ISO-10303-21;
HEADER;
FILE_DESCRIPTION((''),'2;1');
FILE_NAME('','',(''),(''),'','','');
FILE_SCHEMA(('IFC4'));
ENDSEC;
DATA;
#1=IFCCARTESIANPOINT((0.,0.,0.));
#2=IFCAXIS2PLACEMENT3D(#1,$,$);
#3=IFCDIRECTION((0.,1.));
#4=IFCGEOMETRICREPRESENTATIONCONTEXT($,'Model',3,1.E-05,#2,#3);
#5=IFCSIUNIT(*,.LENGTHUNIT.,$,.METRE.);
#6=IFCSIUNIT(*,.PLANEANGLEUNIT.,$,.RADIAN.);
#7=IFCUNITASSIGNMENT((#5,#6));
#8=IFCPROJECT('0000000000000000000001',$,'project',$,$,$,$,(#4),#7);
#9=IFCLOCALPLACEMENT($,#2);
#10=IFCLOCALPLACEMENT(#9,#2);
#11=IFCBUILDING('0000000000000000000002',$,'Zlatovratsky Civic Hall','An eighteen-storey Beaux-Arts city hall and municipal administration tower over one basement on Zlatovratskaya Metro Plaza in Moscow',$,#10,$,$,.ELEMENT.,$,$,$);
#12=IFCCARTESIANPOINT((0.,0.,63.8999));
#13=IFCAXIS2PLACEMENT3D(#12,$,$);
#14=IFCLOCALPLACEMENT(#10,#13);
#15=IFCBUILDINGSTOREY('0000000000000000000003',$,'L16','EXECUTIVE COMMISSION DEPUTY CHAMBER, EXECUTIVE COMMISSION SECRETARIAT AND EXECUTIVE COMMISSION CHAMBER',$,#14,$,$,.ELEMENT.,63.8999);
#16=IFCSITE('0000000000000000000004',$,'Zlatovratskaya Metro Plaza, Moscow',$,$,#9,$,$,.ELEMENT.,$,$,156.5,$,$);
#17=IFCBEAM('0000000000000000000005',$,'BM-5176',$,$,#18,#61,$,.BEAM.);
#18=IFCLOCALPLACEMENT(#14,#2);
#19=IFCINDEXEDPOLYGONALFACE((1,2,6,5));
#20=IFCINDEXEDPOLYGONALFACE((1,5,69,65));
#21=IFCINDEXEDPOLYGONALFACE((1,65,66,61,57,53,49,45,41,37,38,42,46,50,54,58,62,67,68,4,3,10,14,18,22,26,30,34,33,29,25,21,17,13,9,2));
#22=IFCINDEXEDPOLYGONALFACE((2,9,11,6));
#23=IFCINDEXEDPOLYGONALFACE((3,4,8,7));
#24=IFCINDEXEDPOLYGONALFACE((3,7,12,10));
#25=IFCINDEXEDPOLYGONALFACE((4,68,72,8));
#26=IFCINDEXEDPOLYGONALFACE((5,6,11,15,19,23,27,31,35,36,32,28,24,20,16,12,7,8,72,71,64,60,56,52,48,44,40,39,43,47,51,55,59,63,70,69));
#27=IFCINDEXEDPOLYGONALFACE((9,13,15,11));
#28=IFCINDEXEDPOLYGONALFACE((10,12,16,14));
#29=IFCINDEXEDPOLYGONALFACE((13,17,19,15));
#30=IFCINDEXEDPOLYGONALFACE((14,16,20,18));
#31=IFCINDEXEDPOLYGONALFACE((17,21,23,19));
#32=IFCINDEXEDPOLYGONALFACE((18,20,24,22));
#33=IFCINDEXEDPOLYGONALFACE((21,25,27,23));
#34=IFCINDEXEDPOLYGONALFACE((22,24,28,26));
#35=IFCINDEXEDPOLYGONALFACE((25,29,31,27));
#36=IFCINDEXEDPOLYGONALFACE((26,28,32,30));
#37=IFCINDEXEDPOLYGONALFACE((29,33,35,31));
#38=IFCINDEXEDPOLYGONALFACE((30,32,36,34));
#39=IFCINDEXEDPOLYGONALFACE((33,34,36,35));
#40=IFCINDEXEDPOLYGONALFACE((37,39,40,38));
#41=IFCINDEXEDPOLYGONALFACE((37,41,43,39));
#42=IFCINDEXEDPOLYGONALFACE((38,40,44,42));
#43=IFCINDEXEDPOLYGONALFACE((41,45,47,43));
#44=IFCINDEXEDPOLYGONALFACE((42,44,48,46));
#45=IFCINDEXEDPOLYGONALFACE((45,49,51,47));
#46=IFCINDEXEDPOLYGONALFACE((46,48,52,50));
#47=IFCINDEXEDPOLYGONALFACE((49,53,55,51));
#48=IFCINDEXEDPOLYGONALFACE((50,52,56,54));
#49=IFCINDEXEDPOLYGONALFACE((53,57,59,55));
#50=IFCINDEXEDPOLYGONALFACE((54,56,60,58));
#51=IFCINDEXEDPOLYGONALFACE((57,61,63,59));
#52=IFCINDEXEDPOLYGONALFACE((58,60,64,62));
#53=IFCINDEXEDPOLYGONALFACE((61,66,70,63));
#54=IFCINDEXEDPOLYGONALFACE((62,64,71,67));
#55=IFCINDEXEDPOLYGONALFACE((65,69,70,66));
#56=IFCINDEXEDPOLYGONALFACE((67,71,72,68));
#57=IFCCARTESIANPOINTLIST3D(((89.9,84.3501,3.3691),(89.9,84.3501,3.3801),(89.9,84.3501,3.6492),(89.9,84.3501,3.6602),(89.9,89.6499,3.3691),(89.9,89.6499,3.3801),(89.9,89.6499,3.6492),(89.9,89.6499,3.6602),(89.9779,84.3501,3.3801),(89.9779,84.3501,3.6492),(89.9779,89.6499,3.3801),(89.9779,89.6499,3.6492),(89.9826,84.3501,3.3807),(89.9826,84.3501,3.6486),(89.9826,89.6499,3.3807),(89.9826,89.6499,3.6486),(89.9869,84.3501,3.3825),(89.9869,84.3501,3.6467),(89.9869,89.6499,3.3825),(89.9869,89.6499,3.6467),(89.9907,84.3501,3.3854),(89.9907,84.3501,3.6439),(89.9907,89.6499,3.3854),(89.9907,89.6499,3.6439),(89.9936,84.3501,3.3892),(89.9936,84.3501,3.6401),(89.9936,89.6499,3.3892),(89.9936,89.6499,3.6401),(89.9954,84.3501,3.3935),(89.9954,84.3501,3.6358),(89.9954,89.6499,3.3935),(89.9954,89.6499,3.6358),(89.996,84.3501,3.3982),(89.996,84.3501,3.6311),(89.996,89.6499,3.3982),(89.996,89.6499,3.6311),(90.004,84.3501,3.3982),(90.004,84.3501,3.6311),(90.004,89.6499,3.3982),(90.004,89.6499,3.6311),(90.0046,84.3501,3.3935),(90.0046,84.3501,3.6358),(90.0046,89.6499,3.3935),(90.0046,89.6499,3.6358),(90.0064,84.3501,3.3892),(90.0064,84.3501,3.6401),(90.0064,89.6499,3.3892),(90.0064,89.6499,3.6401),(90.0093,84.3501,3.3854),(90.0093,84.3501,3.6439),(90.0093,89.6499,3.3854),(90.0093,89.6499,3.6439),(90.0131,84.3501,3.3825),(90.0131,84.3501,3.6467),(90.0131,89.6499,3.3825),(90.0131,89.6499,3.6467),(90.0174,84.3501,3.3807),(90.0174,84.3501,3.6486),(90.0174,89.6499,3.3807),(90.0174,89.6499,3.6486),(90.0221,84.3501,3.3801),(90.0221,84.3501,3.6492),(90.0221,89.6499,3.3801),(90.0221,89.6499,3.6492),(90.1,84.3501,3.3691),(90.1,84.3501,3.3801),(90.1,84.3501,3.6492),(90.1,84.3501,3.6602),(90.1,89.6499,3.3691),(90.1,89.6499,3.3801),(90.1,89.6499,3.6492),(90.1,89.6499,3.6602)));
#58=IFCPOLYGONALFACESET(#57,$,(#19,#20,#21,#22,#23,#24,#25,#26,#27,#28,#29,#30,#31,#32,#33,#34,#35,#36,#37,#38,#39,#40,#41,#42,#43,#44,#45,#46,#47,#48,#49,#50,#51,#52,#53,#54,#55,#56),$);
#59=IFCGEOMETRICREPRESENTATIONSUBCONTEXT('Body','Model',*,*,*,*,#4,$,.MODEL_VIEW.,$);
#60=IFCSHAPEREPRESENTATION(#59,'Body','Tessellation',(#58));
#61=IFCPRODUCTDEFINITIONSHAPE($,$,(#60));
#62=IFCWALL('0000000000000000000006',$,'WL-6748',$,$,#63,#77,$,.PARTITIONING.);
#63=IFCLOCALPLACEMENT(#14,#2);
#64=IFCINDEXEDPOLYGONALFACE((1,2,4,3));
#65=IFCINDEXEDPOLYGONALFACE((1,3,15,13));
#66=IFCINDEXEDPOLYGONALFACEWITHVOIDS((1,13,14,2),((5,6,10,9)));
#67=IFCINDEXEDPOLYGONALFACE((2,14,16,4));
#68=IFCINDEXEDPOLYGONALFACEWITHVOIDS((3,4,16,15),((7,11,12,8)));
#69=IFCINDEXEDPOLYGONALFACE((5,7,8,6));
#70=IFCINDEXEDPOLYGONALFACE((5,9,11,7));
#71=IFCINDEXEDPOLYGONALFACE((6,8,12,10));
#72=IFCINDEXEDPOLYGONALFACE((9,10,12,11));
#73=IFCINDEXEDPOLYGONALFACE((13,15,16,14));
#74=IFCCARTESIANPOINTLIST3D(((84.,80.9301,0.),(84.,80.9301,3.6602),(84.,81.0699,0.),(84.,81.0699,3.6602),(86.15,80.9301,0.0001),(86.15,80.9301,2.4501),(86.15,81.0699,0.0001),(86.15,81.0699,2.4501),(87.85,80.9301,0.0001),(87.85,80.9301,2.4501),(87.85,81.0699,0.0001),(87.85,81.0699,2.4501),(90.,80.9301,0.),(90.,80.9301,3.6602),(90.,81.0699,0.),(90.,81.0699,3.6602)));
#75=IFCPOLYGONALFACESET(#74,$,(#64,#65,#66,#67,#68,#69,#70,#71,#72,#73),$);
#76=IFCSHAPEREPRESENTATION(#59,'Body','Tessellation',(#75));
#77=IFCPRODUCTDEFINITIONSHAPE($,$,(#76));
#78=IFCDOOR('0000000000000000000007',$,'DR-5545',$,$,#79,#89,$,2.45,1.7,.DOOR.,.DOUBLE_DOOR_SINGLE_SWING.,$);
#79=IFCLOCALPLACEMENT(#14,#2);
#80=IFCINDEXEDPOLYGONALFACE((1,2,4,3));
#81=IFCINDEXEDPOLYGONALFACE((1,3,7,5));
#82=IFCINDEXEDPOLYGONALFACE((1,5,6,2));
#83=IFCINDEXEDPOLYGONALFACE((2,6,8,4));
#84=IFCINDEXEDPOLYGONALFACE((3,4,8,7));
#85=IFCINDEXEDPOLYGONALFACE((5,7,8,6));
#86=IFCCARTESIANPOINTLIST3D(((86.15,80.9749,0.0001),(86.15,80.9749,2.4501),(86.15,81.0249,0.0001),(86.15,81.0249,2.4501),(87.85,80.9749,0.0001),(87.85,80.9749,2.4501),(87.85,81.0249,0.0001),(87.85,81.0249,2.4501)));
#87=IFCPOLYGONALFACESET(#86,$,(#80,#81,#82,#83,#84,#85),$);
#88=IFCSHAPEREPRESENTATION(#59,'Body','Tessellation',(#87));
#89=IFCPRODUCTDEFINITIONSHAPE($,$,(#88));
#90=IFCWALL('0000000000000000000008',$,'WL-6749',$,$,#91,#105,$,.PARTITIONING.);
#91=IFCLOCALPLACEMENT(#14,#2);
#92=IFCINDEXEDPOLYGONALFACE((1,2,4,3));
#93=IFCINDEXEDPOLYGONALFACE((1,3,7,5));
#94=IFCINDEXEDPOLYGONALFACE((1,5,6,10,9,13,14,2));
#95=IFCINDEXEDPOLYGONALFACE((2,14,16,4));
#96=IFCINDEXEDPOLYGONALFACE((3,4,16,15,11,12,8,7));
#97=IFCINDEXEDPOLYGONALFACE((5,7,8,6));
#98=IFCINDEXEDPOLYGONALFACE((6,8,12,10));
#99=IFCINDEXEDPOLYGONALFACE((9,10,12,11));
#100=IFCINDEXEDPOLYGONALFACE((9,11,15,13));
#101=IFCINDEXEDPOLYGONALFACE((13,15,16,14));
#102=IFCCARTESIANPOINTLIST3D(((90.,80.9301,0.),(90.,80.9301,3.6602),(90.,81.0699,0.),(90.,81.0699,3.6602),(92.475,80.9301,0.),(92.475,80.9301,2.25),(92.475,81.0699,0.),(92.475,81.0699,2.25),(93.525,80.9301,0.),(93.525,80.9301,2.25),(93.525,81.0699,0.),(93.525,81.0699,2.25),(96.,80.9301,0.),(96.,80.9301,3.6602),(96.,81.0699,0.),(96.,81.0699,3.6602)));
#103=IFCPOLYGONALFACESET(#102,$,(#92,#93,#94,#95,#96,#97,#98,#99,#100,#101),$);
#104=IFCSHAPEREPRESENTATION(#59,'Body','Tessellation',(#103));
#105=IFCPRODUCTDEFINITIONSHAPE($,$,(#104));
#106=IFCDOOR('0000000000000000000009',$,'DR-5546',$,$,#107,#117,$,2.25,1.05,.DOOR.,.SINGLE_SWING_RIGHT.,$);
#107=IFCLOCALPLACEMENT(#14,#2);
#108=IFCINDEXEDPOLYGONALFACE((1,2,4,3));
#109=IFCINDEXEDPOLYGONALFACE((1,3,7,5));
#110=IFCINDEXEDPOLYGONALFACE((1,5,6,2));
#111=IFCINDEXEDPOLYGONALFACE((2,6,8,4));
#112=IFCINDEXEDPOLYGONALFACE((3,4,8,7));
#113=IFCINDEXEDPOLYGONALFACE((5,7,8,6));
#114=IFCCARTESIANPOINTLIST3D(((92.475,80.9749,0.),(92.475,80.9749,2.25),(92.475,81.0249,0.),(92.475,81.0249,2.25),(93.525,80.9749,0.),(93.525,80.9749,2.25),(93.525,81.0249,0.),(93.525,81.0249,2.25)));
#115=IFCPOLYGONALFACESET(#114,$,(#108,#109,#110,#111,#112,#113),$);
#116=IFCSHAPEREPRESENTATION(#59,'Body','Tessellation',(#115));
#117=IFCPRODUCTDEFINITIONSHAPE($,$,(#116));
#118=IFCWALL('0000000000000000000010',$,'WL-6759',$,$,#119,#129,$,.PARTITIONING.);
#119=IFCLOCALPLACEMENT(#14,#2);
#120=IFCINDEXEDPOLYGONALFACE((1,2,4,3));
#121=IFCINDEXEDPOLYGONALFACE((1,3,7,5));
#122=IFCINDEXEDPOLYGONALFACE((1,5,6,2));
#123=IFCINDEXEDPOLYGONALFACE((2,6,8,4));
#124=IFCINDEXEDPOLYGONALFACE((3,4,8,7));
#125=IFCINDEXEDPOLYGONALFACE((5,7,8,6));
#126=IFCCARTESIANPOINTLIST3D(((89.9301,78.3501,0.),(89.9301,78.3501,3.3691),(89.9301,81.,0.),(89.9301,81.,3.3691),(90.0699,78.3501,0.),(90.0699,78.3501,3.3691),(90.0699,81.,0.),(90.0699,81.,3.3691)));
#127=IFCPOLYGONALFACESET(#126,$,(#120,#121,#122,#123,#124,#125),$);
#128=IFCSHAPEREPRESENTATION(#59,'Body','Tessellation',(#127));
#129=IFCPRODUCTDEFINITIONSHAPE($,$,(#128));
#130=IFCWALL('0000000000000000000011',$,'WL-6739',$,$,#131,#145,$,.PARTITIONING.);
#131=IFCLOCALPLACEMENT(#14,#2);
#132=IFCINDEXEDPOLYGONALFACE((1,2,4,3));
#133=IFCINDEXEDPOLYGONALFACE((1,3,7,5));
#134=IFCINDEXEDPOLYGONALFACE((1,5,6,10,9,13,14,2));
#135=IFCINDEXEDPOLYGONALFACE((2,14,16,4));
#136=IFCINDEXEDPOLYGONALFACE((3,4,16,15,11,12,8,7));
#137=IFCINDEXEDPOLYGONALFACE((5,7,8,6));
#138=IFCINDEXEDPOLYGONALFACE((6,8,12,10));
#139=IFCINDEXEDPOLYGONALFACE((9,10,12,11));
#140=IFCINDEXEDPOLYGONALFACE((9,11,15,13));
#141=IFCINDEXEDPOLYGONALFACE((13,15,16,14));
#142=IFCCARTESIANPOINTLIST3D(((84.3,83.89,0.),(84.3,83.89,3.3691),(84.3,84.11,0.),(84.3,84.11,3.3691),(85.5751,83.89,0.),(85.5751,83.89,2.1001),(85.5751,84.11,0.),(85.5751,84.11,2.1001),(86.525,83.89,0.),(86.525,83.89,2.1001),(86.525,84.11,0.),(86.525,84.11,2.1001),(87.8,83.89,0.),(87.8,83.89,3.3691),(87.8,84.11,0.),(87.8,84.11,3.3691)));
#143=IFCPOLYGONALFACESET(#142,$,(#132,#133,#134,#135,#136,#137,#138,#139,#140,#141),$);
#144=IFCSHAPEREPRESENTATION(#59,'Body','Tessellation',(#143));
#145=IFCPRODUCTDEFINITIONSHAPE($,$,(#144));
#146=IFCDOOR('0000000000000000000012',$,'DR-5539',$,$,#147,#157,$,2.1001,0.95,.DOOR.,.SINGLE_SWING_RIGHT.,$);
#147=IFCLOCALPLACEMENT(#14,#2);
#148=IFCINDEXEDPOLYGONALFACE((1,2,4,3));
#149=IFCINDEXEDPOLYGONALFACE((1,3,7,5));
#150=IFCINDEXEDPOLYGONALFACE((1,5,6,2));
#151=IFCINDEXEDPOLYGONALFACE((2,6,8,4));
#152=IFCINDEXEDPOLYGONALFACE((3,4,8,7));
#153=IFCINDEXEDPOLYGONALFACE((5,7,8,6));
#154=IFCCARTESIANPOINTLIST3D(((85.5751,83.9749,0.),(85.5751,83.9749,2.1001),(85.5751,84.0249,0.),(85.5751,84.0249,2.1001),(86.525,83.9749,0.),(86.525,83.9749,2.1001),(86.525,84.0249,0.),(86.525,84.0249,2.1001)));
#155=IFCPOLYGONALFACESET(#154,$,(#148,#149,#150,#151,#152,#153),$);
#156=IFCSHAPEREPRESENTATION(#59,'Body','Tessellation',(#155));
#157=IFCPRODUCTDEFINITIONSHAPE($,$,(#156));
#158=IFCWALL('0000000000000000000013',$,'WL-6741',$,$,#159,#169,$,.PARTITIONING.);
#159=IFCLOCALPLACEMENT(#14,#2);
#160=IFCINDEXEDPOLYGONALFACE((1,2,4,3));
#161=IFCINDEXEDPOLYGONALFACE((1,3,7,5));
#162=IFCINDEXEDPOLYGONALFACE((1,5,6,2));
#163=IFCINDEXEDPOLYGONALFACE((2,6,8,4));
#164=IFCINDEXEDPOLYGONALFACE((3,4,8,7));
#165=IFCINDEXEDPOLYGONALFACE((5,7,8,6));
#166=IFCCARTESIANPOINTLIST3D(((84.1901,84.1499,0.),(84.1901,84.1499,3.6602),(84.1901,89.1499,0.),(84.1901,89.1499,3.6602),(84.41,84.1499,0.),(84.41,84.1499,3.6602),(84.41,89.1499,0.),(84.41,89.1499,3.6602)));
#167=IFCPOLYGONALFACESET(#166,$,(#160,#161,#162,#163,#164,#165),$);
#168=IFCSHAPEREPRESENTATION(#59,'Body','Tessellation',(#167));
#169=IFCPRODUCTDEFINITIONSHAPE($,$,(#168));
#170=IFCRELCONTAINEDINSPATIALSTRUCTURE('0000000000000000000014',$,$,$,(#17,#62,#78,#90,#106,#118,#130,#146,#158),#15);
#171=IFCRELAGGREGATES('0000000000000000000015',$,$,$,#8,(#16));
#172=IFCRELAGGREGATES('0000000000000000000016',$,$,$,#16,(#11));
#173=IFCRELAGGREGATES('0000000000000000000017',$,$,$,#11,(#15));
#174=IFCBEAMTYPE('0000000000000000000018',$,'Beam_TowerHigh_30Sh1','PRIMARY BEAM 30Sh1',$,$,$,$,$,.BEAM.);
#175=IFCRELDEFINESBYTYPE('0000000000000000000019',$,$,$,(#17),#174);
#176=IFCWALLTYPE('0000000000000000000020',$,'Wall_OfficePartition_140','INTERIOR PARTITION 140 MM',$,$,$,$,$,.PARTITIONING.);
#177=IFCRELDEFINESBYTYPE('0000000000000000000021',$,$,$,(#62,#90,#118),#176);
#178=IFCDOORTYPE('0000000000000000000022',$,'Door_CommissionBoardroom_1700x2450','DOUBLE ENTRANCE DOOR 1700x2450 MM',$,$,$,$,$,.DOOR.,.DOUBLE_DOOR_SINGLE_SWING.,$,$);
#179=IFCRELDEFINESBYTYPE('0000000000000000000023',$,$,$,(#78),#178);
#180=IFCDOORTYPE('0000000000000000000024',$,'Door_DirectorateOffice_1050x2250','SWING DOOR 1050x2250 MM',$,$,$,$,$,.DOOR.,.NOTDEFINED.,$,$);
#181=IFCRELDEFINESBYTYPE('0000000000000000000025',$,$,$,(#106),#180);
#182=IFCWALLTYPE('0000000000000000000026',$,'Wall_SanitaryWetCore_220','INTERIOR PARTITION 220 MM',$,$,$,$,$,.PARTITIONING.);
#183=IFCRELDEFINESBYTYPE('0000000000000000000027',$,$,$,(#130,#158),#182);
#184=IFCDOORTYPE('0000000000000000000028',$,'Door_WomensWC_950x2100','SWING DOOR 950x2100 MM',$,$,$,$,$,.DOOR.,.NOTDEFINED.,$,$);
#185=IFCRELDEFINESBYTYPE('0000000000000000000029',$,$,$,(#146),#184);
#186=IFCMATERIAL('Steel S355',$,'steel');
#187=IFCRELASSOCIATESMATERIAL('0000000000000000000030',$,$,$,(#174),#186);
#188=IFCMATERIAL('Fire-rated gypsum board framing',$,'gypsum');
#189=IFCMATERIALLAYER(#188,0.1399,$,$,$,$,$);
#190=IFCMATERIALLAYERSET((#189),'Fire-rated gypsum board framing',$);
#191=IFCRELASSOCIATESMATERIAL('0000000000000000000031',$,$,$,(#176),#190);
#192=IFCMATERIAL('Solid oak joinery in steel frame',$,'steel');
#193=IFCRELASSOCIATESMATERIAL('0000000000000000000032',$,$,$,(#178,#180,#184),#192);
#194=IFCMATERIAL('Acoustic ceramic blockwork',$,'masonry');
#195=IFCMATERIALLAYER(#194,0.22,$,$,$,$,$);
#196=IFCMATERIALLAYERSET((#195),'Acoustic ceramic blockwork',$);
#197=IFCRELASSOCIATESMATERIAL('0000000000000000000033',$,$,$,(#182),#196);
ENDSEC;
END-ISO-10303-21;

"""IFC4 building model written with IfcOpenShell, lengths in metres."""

from ifc_helpers import new_model, si_unit, direction, frame, frame_2d, origin, origin_2d, place, context, subcontext, project, spatial, rectangle, i_section, extrude, material, layer, layer_set, material_profile, profile_set, type_object, element, fill, save


model = new_model("IFC4")

# Units and contexts
model_context = context("Model", 3, precision=1e-05, world=origin(), true_north=direction((0.0, 1.0)))
body_context = subcontext(model_context, "Body", "Model", "MODEL_VIEW")
ifc_project = project(units=[si_unit("LENGTHUNIT", "METRE"), si_unit("PLANEANGLEUNIT", "RADIAN")], contexts=[model_context])

# Site, building, storey
site_placement = place(None, origin())
site = spatial("IfcSite", under=ifc_project, at=site_placement, Name="Zlatovratskaya Metro Plaza, Moscow", CompositionType="ELEMENT", RefElevation=156.5)
building_placement = place(site_placement, origin())
building = spatial("IfcBuilding", under=site, at=building_placement, Name="Zlatovratsky Civic Hall", Description="An eighteen-storey Beaux-Arts city hall and municipal administration tower over one basement on Zlatovratskaya Metro Plaza in Moscow", CompositionType="ELEMENT")
storey_placement = place(building_placement, frame((0.0, 0.0, 63.8999)))
storey = spatial("IfcBuildingStorey", under=building, at=storey_placement, Name="L16", Description="EXECUTIVE COMMISSION DEPUTY CHAMBER, EXECUTIVE COMMISSION SECRETARIAT AND EXECUTIVE COMMISSION CHAMBER", CompositionType="ELEMENT", Elevation=63.8999)

# Beam
ifc_material_1 = material(Name="Steel S355", Category="steel")
ifc_material_profile_1 = material_profile(ifc_material_1, i_section(OverallWidth=0.2, OverallDepth=0.291, WebThickness=0.0081, FlangeThickness=0.011, FilletRadius=0.0181, at=origin_2d()), Name="30Sh1")
ifc_profile_set_1 = profile_set([ifc_material_profile_1], Name="Steel S355")
beam_type_1 = type_object("IfcBeamType", Name="Beam_TowerHigh_30Sh1", Description="PRIMARY BEAM 30Sh1", PredefinedType="BEAM", material=ifc_profile_set_1)
for number, where, z_axis, x_axis, name in (
    (1, (90.0, 84.3501, 3.5146), (0.0, 1.0, 0.0), (-1.0, 0.0, 0.0), "BM-5176"),
):
    element("IfcBeam", number, at=place(storey_placement, frame(where, z_axis=z_axis, x_axis=x_axis)), inside=storey, type_object=beam_type_1, Name=name, PredefinedType="BEAM", context=body_context, shape_type="SweptSolid", body=[
        extrude(i_section(OverallWidth=0.2, OverallDepth=0.291, WebThickness=0.0081, FlangeThickness=0.011, FilletRadius=0.0181, at=origin_2d()), origin(), (0.0, 0.0, 1.0), 5.2998),
    ])

# Walls, openings, doors
ifc_material_2 = material(Name="Fire-rated gypsum board framing", Category="gypsum")
ifc_layer_1 = layer(ifc_material_2, 0.1399)
ifc_layer_set_1 = layer_set([ifc_layer_1], Name="Fire-rated gypsum board framing")
wall_type_1 = type_object("IfcWallType", Name="Wall_OfficePartition_140", Description="INTERIOR PARTITION 140 MM", PredefinedType="PARTITIONING", material=ifc_layer_set_1)
wall_1_placement = place(storey_placement, frame((84.0, 81.0, 0.0), z_axis=(0.0, 0.0, 1.0), x_axis=(1.0, 0.0, 0.0)))
wall_1 = element("IfcWall", 2, at=wall_1_placement, inside=storey, type_object=wall_type_1, Name="WL-6748", PredefinedType="PARTITIONING", context=body_context, shape_type="SweptSolid", body=[
    extrude(rectangle(XDim=6.0, YDim=0.1399, at=frame_2d((3.0, 0.0))), origin(), (0.0, 0.0, 1.0), 3.6602),
])
opening_1_placement = place(wall_1_placement, frame((2.1499, 0.0, 0.0)))
opening_1 = element("IfcOpeningElement", 3, at=opening_1_placement, cuts=wall_1, PredefinedType="OPENING", context=body_context, shape_type="SweptSolid", body=[
    extrude(rectangle(XDim=1.7, YDim=2.45, at=frame_2d((0.8501, 1.2251))), frame((0.0, 0.085, 0.0), z_axis=(0.0, -1.0, 0.0), x_axis=(1.0, 0.0, 0.0)), (0.0, 0.0, 1.0), 0.1697),
])
ifc_material_3 = material(Name="Solid oak joinery in steel frame", Category="steel")
door_type_1 = type_object("IfcDoorType", Name="Door_CommissionBoardroom_1700x2450", Description="DOUBLE ENTRANCE DOOR 1700x2450 MM", OperationType="DOUBLE_DOOR_SINGLE_SWING", PredefinedType="DOOR", material=ifc_material_3)
door_1_placement = place(opening_1_placement, origin())
door_1 = element("IfcDoor", 4, at=door_1_placement, inside=storey, type_object=door_type_1, Name="DR-5545", OperationType="DOUBLE_DOOR_SINGLE_SWING", OverallHeight=2.45, OverallWidth=1.7, PredefinedType="DOOR", context=body_context, shape_type="SweptSolid", body=[
    extrude(rectangle(XDim=1.7, YDim=2.45, at=frame_2d((0.8501, 1.2251))), frame((0.0, 0.0249, 0.0), z_axis=(0.0, -1.0, 0.0), x_axis=(1.0, 0.0, 0.0)), (0.0, 0.0, 1.0), 0.05),
])
fill(opening_1, door_1)
wall_2_placement = place(storey_placement, frame((90.0, 81.0, 0.0), z_axis=(0.0, 0.0, 1.0), x_axis=(1.0, 0.0, 0.0)))
wall_2 = element("IfcWall", 5, at=wall_2_placement, inside=storey, type_object=wall_type_1, Name="WL-6749", PredefinedType="PARTITIONING", context=body_context, shape_type="SweptSolid", body=[
    extrude(rectangle(XDim=6.0, YDim=0.1399, at=frame_2d((3.0, 0.0))), origin(), (0.0, 0.0, 1.0), 3.6602),
])
opening_2_placement = place(wall_2_placement, frame((2.4751, 0.0, 0.0)))
opening_2 = element("IfcOpeningElement", 6, at=opening_2_placement, cuts=wall_2, PredefinedType="OPENING", context=body_context, shape_type="SweptSolid", body=[
    extrude(rectangle(XDim=1.05, YDim=2.25, at=frame_2d((0.5249, 1.125))), frame((0.0, 0.085, 0.0), z_axis=(0.0, -1.0, 0.0), x_axis=(1.0, 0.0, 0.0)), (0.0, 0.0, 1.0), 0.1697),
])
door_type_2 = type_object("IfcDoorType", Name="Door_DirectorateOffice_1050x2250", Description="SWING DOOR 1050x2250 MM", OperationType="NOTDEFINED", PredefinedType="DOOR", material=ifc_material_3)
door_2_placement = place(opening_2_placement, origin())
door_2 = element("IfcDoor", 7, at=door_2_placement, inside=storey, type_object=door_type_2, Name="DR-5546", OperationType="SINGLE_SWING_RIGHT", OverallHeight=2.25, OverallWidth=1.05, PredefinedType="DOOR", context=body_context, shape_type="SweptSolid", body=[
    extrude(rectangle(XDim=1.05, YDim=2.25, at=frame_2d((0.5249, 1.125))), frame((0.0, 0.0249, 0.0), z_axis=(0.0, -1.0, 0.0), x_axis=(1.0, 0.0, 0.0)), (0.0, 0.0, 1.0), 0.05),
])
fill(opening_2, door_2)

# Wall
wall_3_placement = place(storey_placement, frame((90.0, 78.3501, 0.0), z_axis=(0.0, 0.0, 1.0), x_axis=(0.0, 1.0, 0.0)))
element("IfcWall", 8, at=wall_3_placement, inside=storey, type_object=wall_type_1, Name="WL-6759", PredefinedType="PARTITIONING", context=body_context, shape_type="SweptSolid", body=[
    extrude(rectangle(XDim=2.6499, YDim=0.1399, at=frame_2d((1.325, 0.0))), origin(), (0.0, 0.0, 1.0), 3.3691),
])

# Wall, opening, door
ifc_material_4 = material(Name="Acoustic ceramic blockwork", Category="masonry")
ifc_layer_2 = layer(ifc_material_4, 0.22)
ifc_layer_set_2 = layer_set([ifc_layer_2], Name="Acoustic ceramic blockwork")
wall_type_2 = type_object("IfcWallType", Name="Wall_SanitaryWetCore_220", Description="INTERIOR PARTITION 220 MM", PredefinedType="PARTITIONING", material=ifc_layer_set_2)
wall_4_placement = place(storey_placement, frame((84.3, 84.0, 0.0), z_axis=(0.0, 0.0, 1.0), x_axis=(1.0, 0.0, 0.0)))
wall_4 = element("IfcWall", 9, at=wall_4_placement, inside=storey, type_object=wall_type_2, Name="WL-6739", PredefinedType="PARTITIONING", context=body_context, shape_type="SweptSolid", body=[
    extrude(rectangle(XDim=3.5, YDim=0.22, at=frame_2d((1.75, 0.0))), origin(), (0.0, 0.0, 1.0), 3.3691),
])
opening_3_placement = place(wall_4_placement, frame((1.2749, 0.0, 0.0)))
opening_3 = element("IfcOpeningElement", 10, at=opening_3_placement, cuts=wall_4, PredefinedType="OPENING", context=body_context, shape_type="SweptSolid", body=[
    extrude(rectangle(XDim=0.95, YDim=2.1001, at=frame_2d((0.4751, 1.05))), frame((0.0, 0.125, 0.0), z_axis=(0.0, -1.0, 0.0), x_axis=(1.0, 0.0, 0.0)), (0.0, 0.0, 1.0), 0.2498),
])
door_type_3 = type_object("IfcDoorType", Name="Door_WomensWC_950x2100", Description="SWING DOOR 950x2100 MM", OperationType="NOTDEFINED", PredefinedType="DOOR", material=ifc_material_3)
door_3_placement = place(opening_3_placement, origin())
door_3 = element("IfcDoor", 11, at=door_3_placement, inside=storey, type_object=door_type_3, Name="DR-5539", OperationType="SINGLE_SWING_RIGHT", OverallHeight=2.1001, OverallWidth=0.95, PredefinedType="DOOR", context=body_context, shape_type="SweptSolid", body=[
    extrude(rectangle(XDim=0.95, YDim=2.1001, at=frame_2d((0.4751, 1.05))), frame((0.0, 0.0249, 0.0), z_axis=(0.0, -1.0, 0.0), x_axis=(1.0, 0.0, 0.0)), (0.0, 0.0, 1.0), 0.05),
])
fill(opening_3, door_3)

# Wall
for number, where, z_axis, x_axis, name in (
    (12, (84.3, 84.1499, 0.0), (0.0, 0.0, 1.0), (0.0, 1.0, 0.0), "WL-6741"),
):
    element("IfcWall", number, at=place(storey_placement, frame(where, z_axis=z_axis, x_axis=x_axis)), inside=storey, type_object=wall_type_2, Name=name, PredefinedType="PARTITIONING", context=body_context, shape_type="SweptSolid", body=[
        extrude(rectangle(XDim=5.0, YDim=0.22, at=frame_2d((2.5, 0.0))), origin(), (0.0, 0.0, 1.0), 3.6602),
    ])

save(model, "model.ifc")
